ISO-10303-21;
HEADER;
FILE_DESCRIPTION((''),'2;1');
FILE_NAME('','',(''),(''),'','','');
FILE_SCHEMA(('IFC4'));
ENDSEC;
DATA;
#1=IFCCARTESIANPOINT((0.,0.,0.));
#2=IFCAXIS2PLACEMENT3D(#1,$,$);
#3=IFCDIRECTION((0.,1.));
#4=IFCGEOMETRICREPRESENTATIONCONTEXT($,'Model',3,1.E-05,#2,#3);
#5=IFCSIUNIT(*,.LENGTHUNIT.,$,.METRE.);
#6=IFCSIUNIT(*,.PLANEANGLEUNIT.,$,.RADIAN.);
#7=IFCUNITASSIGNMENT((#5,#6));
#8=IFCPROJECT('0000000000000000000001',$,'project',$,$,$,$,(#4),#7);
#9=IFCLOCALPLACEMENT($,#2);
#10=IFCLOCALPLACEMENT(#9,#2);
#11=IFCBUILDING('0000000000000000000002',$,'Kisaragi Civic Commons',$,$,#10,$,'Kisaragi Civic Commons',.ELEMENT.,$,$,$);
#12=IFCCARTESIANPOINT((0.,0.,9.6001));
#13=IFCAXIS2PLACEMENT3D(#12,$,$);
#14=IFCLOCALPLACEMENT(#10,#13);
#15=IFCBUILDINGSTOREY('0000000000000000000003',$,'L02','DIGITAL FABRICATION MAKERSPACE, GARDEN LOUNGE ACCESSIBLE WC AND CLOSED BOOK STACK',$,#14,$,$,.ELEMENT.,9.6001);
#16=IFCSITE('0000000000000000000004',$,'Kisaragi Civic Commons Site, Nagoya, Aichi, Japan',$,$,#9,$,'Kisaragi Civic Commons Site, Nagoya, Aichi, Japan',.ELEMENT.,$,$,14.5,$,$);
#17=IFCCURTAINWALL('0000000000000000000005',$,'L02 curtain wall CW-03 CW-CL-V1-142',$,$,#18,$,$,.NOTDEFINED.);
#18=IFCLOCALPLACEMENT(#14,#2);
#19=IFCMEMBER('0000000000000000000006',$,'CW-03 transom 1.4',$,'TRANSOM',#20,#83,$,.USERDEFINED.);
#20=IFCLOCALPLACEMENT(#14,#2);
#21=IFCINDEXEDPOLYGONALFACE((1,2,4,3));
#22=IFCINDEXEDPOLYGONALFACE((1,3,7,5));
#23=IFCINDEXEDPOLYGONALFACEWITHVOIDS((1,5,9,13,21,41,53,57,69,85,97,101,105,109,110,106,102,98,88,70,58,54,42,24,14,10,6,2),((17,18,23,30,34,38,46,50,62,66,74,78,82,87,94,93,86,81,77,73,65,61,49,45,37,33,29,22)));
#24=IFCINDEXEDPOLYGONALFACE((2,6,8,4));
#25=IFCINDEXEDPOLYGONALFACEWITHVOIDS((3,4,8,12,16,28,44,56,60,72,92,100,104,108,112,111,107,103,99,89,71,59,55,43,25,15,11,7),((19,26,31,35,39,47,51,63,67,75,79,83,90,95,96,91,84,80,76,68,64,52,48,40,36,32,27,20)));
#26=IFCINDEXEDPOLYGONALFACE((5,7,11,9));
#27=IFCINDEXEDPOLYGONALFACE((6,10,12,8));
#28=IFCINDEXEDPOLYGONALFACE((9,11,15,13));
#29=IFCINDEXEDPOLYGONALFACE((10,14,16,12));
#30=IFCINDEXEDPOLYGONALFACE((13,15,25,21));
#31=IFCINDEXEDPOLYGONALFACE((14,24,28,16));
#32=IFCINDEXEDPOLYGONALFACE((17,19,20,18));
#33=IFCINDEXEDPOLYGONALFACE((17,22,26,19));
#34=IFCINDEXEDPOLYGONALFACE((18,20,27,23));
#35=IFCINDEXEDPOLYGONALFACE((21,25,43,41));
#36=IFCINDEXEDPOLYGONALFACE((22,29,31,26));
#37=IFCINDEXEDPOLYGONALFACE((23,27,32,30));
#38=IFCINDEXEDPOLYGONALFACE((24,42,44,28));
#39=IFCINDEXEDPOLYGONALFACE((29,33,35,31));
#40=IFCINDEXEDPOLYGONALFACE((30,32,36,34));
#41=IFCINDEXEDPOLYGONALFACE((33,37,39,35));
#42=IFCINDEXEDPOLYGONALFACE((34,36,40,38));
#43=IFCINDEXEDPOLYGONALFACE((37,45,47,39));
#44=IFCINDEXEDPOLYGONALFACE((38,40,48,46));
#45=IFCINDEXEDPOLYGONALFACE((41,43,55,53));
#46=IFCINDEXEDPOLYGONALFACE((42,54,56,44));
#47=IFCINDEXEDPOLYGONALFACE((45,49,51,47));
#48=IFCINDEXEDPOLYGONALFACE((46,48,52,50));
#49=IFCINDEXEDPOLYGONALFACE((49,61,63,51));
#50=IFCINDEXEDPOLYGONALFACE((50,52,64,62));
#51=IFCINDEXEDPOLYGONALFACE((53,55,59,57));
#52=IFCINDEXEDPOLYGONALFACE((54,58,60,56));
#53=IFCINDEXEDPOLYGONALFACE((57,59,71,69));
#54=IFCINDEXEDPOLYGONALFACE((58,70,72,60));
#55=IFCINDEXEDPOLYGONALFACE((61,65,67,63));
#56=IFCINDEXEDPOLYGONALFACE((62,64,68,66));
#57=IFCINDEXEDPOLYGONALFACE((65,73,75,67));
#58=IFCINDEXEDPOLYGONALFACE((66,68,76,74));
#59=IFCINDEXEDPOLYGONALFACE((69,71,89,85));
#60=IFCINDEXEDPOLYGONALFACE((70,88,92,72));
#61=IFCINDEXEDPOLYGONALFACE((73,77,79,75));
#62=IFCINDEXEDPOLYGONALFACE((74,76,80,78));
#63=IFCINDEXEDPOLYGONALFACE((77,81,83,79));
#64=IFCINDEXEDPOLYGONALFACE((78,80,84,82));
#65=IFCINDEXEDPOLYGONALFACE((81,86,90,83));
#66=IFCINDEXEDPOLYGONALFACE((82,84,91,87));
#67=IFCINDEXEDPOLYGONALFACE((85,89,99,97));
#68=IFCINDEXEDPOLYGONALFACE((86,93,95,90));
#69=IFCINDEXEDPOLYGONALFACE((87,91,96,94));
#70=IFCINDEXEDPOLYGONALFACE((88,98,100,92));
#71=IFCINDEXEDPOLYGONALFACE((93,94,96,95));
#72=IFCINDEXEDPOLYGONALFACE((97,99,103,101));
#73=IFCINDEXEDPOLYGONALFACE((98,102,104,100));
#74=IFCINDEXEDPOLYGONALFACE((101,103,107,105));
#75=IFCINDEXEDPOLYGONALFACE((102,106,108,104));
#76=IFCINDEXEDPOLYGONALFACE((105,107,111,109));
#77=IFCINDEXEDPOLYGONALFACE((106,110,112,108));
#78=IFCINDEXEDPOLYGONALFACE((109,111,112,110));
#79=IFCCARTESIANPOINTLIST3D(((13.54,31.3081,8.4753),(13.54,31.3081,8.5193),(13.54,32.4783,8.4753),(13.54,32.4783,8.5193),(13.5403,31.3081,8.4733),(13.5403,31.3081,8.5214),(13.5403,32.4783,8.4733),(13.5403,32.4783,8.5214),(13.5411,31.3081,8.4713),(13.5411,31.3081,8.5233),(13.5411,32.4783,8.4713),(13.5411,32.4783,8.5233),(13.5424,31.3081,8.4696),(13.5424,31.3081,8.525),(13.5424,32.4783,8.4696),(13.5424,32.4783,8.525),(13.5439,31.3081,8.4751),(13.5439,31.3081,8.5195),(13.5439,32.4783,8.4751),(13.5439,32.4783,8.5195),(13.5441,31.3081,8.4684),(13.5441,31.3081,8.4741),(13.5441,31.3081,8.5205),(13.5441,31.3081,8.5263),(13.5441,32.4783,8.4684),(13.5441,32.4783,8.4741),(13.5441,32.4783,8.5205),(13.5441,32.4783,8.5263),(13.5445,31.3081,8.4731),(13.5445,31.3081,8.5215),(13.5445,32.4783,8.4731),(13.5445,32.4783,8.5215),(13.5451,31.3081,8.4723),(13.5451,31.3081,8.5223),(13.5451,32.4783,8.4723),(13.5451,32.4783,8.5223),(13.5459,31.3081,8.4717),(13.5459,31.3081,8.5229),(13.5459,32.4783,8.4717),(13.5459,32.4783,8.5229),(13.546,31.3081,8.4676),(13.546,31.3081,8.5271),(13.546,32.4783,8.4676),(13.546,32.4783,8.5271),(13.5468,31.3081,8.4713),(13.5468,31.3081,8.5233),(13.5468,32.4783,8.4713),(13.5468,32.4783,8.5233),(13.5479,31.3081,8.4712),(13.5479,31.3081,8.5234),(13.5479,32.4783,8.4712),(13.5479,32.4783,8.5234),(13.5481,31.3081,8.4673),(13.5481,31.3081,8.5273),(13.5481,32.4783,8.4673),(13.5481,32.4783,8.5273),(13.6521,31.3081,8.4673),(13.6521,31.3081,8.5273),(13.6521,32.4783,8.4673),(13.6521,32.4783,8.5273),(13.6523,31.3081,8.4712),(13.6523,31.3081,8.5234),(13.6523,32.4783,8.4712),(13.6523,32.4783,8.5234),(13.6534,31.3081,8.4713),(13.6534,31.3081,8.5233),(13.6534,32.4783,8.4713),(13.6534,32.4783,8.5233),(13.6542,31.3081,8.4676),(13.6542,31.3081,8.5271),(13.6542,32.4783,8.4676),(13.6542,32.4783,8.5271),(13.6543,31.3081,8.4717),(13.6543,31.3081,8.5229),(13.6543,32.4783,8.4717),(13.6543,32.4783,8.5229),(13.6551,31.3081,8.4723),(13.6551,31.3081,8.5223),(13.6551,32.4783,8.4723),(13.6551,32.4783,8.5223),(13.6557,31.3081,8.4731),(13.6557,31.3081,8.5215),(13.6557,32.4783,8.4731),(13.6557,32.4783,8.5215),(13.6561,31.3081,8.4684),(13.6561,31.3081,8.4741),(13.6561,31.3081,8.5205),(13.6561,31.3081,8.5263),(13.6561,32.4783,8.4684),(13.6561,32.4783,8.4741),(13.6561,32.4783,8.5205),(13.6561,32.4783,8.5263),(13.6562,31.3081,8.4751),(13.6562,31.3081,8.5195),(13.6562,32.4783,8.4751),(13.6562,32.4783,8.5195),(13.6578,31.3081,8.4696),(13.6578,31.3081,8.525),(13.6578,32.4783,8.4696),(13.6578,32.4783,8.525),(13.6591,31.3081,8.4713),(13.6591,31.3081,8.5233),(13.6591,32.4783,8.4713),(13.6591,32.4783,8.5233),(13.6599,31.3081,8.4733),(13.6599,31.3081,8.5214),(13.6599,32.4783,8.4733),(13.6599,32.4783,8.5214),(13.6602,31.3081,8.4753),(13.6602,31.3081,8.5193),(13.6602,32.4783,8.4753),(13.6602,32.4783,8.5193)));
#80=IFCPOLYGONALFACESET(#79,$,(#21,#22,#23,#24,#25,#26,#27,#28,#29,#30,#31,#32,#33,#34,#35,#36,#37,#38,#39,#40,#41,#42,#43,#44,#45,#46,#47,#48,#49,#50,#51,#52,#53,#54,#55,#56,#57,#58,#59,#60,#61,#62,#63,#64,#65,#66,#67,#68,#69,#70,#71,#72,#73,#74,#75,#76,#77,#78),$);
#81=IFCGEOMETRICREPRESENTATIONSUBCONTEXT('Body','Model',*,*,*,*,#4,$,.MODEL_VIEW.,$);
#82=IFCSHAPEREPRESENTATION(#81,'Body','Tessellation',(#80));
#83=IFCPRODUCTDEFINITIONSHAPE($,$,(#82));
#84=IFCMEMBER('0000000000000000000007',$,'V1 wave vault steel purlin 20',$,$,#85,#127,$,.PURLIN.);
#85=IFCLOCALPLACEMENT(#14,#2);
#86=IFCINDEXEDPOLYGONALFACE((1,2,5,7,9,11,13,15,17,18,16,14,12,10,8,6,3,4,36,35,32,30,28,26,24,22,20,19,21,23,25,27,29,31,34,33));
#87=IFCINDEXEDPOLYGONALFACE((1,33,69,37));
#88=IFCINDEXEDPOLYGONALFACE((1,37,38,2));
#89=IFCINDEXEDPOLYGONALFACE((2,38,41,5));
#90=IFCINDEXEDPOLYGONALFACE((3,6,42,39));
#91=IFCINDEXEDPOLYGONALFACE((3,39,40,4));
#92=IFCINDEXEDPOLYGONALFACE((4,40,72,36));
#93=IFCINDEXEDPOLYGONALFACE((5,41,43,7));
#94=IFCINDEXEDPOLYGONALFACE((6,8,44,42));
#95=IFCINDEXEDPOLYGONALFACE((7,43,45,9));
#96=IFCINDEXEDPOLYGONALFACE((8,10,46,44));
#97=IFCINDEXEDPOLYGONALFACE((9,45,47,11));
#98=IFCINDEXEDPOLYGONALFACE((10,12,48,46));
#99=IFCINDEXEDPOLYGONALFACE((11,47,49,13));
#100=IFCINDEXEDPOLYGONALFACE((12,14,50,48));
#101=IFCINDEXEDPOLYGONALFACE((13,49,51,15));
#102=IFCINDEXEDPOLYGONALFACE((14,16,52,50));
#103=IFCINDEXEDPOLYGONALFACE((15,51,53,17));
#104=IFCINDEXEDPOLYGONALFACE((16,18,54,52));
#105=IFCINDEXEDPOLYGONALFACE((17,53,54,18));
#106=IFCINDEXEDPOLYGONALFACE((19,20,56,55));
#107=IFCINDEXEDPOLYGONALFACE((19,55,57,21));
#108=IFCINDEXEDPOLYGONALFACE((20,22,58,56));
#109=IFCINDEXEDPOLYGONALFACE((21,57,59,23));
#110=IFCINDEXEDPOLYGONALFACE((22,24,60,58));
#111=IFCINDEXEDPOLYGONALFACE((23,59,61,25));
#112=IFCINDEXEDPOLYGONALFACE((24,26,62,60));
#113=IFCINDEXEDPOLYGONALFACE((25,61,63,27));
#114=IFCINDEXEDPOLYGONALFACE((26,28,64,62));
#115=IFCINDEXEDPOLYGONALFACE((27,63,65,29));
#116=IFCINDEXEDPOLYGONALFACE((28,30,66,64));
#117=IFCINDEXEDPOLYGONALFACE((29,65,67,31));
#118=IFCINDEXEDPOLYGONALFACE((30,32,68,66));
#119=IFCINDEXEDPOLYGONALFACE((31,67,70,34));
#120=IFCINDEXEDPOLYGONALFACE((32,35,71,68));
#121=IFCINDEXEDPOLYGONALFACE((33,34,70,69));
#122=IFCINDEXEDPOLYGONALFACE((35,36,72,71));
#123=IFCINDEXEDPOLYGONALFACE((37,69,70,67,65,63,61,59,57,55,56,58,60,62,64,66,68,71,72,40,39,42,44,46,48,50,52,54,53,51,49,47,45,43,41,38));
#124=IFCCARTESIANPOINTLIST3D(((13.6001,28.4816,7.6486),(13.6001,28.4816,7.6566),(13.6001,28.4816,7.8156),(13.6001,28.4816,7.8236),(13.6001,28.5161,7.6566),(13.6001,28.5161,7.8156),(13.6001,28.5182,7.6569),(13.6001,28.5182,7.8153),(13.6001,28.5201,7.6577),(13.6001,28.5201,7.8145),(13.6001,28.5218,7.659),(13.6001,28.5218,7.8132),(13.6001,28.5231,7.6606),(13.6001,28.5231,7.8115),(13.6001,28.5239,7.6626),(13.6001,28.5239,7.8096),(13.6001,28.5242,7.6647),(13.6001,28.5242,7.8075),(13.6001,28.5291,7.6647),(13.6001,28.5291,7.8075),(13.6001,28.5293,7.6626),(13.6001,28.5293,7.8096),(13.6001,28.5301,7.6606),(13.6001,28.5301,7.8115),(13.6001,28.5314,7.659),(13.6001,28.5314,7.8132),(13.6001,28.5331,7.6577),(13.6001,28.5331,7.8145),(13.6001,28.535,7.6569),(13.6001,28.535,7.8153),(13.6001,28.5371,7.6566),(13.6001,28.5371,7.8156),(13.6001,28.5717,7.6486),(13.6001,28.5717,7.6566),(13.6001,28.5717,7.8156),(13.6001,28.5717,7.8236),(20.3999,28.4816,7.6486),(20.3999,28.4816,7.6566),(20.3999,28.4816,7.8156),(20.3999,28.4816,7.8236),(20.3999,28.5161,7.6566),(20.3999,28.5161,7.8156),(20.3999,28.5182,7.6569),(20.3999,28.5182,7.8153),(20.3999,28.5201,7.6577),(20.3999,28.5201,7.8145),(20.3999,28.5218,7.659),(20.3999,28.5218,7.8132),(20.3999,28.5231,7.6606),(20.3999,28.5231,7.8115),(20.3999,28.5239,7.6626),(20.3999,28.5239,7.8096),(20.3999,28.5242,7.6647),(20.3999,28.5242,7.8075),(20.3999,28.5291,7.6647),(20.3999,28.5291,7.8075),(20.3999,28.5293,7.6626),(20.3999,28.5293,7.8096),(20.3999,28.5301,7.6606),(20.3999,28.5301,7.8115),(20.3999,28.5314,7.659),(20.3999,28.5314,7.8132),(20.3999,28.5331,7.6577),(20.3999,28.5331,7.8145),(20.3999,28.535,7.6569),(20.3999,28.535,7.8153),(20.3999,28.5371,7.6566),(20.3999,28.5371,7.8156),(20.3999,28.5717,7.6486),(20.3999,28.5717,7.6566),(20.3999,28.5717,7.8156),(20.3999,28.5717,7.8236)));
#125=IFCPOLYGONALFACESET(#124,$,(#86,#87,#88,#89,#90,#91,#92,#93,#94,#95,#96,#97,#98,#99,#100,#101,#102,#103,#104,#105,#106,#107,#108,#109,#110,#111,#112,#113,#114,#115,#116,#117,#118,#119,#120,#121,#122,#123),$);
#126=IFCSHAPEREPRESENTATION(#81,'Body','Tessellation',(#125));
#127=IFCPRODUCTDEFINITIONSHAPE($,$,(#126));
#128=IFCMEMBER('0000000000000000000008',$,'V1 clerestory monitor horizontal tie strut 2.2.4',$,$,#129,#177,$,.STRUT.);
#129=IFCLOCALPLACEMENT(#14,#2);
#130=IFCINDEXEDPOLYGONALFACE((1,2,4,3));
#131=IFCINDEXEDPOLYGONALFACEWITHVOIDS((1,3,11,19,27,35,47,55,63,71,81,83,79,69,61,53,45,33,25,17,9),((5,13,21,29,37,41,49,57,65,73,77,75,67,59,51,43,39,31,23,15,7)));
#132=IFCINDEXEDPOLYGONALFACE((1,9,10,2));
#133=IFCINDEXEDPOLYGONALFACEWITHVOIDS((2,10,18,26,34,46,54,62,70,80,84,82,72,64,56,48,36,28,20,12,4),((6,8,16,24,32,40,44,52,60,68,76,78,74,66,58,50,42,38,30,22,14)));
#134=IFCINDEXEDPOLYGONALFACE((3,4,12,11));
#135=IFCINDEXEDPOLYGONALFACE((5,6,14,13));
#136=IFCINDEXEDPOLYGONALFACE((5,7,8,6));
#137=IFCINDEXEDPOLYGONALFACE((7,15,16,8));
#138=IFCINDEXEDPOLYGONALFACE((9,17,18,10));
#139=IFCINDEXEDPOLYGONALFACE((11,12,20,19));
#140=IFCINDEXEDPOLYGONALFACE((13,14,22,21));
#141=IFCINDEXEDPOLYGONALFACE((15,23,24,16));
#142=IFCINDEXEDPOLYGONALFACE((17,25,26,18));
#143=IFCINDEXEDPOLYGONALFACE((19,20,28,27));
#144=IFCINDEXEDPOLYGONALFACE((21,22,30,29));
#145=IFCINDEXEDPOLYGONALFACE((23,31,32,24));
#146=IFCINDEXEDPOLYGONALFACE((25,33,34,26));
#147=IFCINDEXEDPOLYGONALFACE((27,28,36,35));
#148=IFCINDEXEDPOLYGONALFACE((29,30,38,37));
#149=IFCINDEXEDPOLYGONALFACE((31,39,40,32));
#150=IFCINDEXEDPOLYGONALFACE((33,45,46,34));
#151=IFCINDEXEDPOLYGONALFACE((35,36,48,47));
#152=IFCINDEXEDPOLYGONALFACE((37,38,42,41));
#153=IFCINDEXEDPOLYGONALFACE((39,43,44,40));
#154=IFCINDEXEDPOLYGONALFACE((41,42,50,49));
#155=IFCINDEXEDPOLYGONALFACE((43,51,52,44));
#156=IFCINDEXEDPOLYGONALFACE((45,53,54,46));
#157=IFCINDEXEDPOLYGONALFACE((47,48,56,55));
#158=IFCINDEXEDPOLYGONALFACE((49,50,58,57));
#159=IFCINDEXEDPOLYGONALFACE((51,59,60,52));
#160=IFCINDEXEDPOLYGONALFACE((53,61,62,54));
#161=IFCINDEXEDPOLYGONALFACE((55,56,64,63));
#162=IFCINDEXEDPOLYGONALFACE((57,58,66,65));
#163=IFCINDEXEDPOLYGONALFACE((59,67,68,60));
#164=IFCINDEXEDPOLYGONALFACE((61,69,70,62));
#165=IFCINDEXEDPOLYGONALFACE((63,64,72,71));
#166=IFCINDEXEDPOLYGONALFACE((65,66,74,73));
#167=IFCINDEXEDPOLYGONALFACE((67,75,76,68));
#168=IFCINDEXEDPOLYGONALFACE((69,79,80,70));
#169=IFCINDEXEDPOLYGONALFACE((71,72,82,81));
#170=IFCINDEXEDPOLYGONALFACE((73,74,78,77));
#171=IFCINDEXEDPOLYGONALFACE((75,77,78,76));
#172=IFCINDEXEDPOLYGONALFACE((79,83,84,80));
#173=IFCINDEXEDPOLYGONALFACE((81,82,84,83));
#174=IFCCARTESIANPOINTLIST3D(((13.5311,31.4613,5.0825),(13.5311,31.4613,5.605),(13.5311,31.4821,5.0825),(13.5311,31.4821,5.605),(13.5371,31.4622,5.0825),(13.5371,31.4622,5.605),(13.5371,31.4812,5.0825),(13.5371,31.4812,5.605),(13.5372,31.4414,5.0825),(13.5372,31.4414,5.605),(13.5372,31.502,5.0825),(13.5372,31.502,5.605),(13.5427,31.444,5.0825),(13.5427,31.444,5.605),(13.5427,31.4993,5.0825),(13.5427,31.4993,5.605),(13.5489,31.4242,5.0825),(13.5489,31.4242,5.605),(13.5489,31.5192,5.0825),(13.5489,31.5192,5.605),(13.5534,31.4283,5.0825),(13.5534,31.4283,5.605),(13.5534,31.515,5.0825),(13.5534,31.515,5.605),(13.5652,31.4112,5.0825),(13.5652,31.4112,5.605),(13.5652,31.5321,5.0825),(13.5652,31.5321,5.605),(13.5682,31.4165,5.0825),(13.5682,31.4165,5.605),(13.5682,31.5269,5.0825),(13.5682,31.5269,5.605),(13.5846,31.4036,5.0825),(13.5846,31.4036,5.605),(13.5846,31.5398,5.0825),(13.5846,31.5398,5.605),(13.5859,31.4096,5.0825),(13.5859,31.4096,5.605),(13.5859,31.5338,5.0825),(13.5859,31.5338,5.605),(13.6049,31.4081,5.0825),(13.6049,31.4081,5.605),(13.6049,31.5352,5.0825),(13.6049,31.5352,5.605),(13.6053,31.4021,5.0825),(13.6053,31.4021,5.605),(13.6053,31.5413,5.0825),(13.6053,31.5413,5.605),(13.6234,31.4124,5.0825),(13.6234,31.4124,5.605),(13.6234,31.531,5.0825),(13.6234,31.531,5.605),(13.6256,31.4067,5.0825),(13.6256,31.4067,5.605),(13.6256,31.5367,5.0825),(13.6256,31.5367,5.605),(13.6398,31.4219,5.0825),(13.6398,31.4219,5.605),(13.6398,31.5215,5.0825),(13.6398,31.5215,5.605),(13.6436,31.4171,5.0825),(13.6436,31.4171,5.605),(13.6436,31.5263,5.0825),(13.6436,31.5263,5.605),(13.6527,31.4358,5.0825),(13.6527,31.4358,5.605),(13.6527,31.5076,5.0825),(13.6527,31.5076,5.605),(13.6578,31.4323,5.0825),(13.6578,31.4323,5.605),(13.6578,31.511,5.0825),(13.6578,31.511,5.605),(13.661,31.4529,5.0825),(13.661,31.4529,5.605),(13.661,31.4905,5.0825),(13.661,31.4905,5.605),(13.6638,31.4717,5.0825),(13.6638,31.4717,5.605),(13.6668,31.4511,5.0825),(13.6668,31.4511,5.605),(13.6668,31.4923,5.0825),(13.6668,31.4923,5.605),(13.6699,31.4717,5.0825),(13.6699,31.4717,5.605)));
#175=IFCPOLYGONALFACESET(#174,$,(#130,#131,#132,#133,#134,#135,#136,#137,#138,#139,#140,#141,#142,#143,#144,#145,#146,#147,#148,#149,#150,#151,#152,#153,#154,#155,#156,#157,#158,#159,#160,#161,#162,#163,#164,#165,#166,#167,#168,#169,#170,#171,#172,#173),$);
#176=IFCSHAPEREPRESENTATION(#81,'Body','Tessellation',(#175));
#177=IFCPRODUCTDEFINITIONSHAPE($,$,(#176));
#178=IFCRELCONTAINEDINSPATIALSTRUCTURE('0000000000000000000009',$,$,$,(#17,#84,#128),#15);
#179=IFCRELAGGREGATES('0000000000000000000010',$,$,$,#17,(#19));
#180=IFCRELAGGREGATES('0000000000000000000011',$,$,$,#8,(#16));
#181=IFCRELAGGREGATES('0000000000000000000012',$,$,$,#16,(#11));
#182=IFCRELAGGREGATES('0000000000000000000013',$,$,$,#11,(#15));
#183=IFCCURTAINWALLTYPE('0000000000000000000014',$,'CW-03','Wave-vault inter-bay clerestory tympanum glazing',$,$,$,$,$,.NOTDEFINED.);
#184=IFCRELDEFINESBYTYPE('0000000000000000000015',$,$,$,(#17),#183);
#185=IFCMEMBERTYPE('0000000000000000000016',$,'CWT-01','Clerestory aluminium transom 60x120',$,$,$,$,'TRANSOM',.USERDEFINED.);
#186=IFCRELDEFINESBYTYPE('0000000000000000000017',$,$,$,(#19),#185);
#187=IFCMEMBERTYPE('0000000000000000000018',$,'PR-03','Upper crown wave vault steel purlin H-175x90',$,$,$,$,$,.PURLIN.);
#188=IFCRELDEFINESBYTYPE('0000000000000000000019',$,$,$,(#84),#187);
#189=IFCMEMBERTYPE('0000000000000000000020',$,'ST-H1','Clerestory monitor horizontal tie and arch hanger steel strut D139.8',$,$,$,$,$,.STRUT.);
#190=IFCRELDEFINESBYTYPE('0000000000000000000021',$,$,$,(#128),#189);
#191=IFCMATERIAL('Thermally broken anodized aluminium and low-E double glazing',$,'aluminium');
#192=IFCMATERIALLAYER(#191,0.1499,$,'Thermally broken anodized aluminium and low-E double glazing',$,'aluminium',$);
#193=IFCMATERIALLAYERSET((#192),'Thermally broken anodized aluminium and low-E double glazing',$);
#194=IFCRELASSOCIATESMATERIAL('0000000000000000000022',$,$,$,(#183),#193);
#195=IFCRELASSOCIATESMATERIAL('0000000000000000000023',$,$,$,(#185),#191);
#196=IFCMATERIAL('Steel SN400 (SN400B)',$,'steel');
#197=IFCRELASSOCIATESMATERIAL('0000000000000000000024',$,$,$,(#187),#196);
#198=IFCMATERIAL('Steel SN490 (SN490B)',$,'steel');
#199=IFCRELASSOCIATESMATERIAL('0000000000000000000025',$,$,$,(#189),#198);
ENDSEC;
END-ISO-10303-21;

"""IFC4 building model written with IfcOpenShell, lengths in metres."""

from ifc_helpers import new_model, si_unit, direction, frame, origin, origin_2d, place, context, subcontext, project, spatial, hollow_rectangle, hollow_circle, i_section, extrude, material, layer, layer_set, material_profile, profile_set, type_object, element, aggregate, save


model = new_model("IFC4")

# Units and contexts
model_context = context("Model", 3, precision=1e-05, world=origin(), true_north=direction((0.0, 1.0)))
body_context = subcontext(model_context, "Body", "Model", "MODEL_VIEW")
ifc_project = project(units=[si_unit("LENGTHUNIT", "METRE"), si_unit("PLANEANGLEUNIT", "RADIAN")], contexts=[model_context])

# Site, building, storey
site_placement = place(None, origin())
site = spatial("IfcSite", under=ifc_project, at=site_placement, Name="Kisaragi Civic Commons Site, Nagoya, Aichi, Japan", LongName="Kisaragi Civic Commons Site, Nagoya, Aichi, Japan", CompositionType="ELEMENT", RefElevation=14.5)
building_placement = place(site_placement, origin())
building = spatial("IfcBuilding", under=site, at=building_placement, Name="Kisaragi Civic Commons", LongName="Kisaragi Civic Commons", CompositionType="ELEMENT")
storey_placement = place(building_placement, frame((0.0, 0.0, 9.6001)))
storey = spatial("IfcBuildingStorey", under=building, at=storey_placement, Name="L02", Description="DIGITAL FABRICATION MAKERSPACE, GARDEN LOUNGE ACCESSIBLE WC AND CLOSED BOOK STACK", CompositionType="ELEMENT", Elevation=9.6001)

# Shared definitions
ifc_material_1 = material(Name="Thermally broken anodized aluminium and low-E double glazing", Category="aluminium")
ifc_layer_1 = layer(ifc_material_1, 0.1499, Name="Thermally broken anodized aluminium and low-E double glazing", Category="aluminium")
ifc_layer_set_1 = layer_set([ifc_layer_1], Name="Thermally broken anodized aluminium and low-E double glazing")
curtain_wall_type = type_object("IfcCurtainWallType", Name="CW-03", Description="Wave-vault inter-bay clerestory tympanum glazing", PredefinedType="NOTDEFINED", material=ifc_layer_set_1)

# Curtain wall
curtain_wall_1_placement = place(storey_placement, origin())
curtain_wall_1 = element("IfcCurtainWall", 1, at=curtain_wall_1_placement, inside=storey, type_object=curtain_wall_type, Name="L02 curtain wall CW-03 CW-CL-V1-142", PredefinedType="NOTDEFINED")

# Member
ifc_material_profile_1 = material_profile(ifc_material_1, hollow_rectangle(XDim=0.1201, YDim=0.0601, WallThickness=0.0039, InnerFilletRadius=0.0039, OuterFilletRadius=0.0081, at=origin_2d()), Name="CWT-60x120x4", Category="aluminium")
ifc_profile_set_1 = profile_set([ifc_material_profile_1], Name="Thermally broken anodized aluminium and low-E double glazing")
member_type_1 = type_object("IfcMemberType", Name="CWT-01", Description="Clerestory aluminium transom 60x120", ElementType="TRANSOM", PredefinedType="USERDEFINED", material=ifc_profile_set_1)
member_1_placement = place(storey_placement, frame((13.6001, 31.3081, 8.4973), z_axis=(0.0, 1.0, 0.0), x_axis=(-1.0, 0.0, 0.0)))
member_1 = element("IfcMember", 2, at=member_1_placement, type_object=member_type_1, Name="CW-03 transom 1.4", ObjectType="TRANSOM", PredefinedType="USERDEFINED", context=body_context, shape_type="SweptSolid", body=[
    extrude(hollow_rectangle(XDim=0.1201, YDim=0.0601, WallThickness=0.0039, InnerFilletRadius=0.0039, OuterFilletRadius=0.0081, at=origin_2d()), origin(), (0.0, 0.0, 1.0), 1.1702),
])
aggregate(curtain_wall_1, [member_1])

# Members
ifc_material_2 = material(Name="Steel SN400 (SN400B)", Category="steel")
ifc_material_profile_2 = material_profile(ifc_material_2, i_section(OverallWidth=0.0901, OverallDepth=0.175, WebThickness=0.0049, FlangeThickness=0.0081, FilletRadius=0.0081, at=origin_2d()), Name="H-175x90x5x8", Category="steel")
ifc_profile_set_2 = profile_set([ifc_material_profile_2], Name="Steel SN400 (SN400B)")
member_type_2 = type_object("IfcMemberType", Name="PR-03", Description="Upper crown wave vault steel purlin H-175x90", PredefinedType="PURLIN", material=ifc_profile_set_2)
member_2_placement = place(storey_placement, frame((13.6001, 28.5266, 7.7361), z_axis=(1.0, 0.0, 0.0), x_axis=(0.0, 1.0, 0.0)))
element("IfcMember", 3, at=member_2_placement, inside=storey, type_object=member_type_2, Name="V1 wave vault steel purlin 20", PredefinedType="PURLIN", context=body_context, shape_type="SweptSolid", body=[
    extrude(i_section(OverallWidth=0.0901, OverallDepth=0.175, WebThickness=0.0049, FlangeThickness=0.0081, FilletRadius=0.0081, at=origin_2d()), origin(), (0.0, 0.0, 1.0), 6.7998),
])
ifc_material_3 = material(Name="Steel SN490 (SN490B)", Category="steel")
ifc_material_profile_3 = material_profile(ifc_material_3, hollow_circle(Radius=0.0698, WallThickness=0.0061, at=origin_2d()), Name="CHS-139.8x6.0", Category="steel")
ifc_profile_set_3 = profile_set([ifc_material_profile_3], Name="Steel SN490 (SN490B)")
member_type_3 = type_object("IfcMemberType", Name="ST-H1", Description="Clerestory monitor horizontal tie and arch hanger steel strut D139.8", PredefinedType="STRUT", material=ifc_profile_set_3)
member_3_placement = place(storey_placement, frame((13.6001, 31.4717, 5.0825), z_axis=(0.0, 0.0, 1.0), x_axis=(1.0, 0.0, 0.0)))
element("IfcMember", 4, at=member_3_placement, inside=storey, type_object=member_type_3, Name="V1 clerestory monitor horizontal tie strut 2.2.4", PredefinedType="STRUT", context=body_context, shape_type="SweptSolid", body=[
    extrude(hollow_circle(Radius=0.0698, WallThickness=0.0061, at=origin_2d()), origin(), (0.0, 0.0, 1.0), 0.5225),
])

save(model, "model.ifc")
